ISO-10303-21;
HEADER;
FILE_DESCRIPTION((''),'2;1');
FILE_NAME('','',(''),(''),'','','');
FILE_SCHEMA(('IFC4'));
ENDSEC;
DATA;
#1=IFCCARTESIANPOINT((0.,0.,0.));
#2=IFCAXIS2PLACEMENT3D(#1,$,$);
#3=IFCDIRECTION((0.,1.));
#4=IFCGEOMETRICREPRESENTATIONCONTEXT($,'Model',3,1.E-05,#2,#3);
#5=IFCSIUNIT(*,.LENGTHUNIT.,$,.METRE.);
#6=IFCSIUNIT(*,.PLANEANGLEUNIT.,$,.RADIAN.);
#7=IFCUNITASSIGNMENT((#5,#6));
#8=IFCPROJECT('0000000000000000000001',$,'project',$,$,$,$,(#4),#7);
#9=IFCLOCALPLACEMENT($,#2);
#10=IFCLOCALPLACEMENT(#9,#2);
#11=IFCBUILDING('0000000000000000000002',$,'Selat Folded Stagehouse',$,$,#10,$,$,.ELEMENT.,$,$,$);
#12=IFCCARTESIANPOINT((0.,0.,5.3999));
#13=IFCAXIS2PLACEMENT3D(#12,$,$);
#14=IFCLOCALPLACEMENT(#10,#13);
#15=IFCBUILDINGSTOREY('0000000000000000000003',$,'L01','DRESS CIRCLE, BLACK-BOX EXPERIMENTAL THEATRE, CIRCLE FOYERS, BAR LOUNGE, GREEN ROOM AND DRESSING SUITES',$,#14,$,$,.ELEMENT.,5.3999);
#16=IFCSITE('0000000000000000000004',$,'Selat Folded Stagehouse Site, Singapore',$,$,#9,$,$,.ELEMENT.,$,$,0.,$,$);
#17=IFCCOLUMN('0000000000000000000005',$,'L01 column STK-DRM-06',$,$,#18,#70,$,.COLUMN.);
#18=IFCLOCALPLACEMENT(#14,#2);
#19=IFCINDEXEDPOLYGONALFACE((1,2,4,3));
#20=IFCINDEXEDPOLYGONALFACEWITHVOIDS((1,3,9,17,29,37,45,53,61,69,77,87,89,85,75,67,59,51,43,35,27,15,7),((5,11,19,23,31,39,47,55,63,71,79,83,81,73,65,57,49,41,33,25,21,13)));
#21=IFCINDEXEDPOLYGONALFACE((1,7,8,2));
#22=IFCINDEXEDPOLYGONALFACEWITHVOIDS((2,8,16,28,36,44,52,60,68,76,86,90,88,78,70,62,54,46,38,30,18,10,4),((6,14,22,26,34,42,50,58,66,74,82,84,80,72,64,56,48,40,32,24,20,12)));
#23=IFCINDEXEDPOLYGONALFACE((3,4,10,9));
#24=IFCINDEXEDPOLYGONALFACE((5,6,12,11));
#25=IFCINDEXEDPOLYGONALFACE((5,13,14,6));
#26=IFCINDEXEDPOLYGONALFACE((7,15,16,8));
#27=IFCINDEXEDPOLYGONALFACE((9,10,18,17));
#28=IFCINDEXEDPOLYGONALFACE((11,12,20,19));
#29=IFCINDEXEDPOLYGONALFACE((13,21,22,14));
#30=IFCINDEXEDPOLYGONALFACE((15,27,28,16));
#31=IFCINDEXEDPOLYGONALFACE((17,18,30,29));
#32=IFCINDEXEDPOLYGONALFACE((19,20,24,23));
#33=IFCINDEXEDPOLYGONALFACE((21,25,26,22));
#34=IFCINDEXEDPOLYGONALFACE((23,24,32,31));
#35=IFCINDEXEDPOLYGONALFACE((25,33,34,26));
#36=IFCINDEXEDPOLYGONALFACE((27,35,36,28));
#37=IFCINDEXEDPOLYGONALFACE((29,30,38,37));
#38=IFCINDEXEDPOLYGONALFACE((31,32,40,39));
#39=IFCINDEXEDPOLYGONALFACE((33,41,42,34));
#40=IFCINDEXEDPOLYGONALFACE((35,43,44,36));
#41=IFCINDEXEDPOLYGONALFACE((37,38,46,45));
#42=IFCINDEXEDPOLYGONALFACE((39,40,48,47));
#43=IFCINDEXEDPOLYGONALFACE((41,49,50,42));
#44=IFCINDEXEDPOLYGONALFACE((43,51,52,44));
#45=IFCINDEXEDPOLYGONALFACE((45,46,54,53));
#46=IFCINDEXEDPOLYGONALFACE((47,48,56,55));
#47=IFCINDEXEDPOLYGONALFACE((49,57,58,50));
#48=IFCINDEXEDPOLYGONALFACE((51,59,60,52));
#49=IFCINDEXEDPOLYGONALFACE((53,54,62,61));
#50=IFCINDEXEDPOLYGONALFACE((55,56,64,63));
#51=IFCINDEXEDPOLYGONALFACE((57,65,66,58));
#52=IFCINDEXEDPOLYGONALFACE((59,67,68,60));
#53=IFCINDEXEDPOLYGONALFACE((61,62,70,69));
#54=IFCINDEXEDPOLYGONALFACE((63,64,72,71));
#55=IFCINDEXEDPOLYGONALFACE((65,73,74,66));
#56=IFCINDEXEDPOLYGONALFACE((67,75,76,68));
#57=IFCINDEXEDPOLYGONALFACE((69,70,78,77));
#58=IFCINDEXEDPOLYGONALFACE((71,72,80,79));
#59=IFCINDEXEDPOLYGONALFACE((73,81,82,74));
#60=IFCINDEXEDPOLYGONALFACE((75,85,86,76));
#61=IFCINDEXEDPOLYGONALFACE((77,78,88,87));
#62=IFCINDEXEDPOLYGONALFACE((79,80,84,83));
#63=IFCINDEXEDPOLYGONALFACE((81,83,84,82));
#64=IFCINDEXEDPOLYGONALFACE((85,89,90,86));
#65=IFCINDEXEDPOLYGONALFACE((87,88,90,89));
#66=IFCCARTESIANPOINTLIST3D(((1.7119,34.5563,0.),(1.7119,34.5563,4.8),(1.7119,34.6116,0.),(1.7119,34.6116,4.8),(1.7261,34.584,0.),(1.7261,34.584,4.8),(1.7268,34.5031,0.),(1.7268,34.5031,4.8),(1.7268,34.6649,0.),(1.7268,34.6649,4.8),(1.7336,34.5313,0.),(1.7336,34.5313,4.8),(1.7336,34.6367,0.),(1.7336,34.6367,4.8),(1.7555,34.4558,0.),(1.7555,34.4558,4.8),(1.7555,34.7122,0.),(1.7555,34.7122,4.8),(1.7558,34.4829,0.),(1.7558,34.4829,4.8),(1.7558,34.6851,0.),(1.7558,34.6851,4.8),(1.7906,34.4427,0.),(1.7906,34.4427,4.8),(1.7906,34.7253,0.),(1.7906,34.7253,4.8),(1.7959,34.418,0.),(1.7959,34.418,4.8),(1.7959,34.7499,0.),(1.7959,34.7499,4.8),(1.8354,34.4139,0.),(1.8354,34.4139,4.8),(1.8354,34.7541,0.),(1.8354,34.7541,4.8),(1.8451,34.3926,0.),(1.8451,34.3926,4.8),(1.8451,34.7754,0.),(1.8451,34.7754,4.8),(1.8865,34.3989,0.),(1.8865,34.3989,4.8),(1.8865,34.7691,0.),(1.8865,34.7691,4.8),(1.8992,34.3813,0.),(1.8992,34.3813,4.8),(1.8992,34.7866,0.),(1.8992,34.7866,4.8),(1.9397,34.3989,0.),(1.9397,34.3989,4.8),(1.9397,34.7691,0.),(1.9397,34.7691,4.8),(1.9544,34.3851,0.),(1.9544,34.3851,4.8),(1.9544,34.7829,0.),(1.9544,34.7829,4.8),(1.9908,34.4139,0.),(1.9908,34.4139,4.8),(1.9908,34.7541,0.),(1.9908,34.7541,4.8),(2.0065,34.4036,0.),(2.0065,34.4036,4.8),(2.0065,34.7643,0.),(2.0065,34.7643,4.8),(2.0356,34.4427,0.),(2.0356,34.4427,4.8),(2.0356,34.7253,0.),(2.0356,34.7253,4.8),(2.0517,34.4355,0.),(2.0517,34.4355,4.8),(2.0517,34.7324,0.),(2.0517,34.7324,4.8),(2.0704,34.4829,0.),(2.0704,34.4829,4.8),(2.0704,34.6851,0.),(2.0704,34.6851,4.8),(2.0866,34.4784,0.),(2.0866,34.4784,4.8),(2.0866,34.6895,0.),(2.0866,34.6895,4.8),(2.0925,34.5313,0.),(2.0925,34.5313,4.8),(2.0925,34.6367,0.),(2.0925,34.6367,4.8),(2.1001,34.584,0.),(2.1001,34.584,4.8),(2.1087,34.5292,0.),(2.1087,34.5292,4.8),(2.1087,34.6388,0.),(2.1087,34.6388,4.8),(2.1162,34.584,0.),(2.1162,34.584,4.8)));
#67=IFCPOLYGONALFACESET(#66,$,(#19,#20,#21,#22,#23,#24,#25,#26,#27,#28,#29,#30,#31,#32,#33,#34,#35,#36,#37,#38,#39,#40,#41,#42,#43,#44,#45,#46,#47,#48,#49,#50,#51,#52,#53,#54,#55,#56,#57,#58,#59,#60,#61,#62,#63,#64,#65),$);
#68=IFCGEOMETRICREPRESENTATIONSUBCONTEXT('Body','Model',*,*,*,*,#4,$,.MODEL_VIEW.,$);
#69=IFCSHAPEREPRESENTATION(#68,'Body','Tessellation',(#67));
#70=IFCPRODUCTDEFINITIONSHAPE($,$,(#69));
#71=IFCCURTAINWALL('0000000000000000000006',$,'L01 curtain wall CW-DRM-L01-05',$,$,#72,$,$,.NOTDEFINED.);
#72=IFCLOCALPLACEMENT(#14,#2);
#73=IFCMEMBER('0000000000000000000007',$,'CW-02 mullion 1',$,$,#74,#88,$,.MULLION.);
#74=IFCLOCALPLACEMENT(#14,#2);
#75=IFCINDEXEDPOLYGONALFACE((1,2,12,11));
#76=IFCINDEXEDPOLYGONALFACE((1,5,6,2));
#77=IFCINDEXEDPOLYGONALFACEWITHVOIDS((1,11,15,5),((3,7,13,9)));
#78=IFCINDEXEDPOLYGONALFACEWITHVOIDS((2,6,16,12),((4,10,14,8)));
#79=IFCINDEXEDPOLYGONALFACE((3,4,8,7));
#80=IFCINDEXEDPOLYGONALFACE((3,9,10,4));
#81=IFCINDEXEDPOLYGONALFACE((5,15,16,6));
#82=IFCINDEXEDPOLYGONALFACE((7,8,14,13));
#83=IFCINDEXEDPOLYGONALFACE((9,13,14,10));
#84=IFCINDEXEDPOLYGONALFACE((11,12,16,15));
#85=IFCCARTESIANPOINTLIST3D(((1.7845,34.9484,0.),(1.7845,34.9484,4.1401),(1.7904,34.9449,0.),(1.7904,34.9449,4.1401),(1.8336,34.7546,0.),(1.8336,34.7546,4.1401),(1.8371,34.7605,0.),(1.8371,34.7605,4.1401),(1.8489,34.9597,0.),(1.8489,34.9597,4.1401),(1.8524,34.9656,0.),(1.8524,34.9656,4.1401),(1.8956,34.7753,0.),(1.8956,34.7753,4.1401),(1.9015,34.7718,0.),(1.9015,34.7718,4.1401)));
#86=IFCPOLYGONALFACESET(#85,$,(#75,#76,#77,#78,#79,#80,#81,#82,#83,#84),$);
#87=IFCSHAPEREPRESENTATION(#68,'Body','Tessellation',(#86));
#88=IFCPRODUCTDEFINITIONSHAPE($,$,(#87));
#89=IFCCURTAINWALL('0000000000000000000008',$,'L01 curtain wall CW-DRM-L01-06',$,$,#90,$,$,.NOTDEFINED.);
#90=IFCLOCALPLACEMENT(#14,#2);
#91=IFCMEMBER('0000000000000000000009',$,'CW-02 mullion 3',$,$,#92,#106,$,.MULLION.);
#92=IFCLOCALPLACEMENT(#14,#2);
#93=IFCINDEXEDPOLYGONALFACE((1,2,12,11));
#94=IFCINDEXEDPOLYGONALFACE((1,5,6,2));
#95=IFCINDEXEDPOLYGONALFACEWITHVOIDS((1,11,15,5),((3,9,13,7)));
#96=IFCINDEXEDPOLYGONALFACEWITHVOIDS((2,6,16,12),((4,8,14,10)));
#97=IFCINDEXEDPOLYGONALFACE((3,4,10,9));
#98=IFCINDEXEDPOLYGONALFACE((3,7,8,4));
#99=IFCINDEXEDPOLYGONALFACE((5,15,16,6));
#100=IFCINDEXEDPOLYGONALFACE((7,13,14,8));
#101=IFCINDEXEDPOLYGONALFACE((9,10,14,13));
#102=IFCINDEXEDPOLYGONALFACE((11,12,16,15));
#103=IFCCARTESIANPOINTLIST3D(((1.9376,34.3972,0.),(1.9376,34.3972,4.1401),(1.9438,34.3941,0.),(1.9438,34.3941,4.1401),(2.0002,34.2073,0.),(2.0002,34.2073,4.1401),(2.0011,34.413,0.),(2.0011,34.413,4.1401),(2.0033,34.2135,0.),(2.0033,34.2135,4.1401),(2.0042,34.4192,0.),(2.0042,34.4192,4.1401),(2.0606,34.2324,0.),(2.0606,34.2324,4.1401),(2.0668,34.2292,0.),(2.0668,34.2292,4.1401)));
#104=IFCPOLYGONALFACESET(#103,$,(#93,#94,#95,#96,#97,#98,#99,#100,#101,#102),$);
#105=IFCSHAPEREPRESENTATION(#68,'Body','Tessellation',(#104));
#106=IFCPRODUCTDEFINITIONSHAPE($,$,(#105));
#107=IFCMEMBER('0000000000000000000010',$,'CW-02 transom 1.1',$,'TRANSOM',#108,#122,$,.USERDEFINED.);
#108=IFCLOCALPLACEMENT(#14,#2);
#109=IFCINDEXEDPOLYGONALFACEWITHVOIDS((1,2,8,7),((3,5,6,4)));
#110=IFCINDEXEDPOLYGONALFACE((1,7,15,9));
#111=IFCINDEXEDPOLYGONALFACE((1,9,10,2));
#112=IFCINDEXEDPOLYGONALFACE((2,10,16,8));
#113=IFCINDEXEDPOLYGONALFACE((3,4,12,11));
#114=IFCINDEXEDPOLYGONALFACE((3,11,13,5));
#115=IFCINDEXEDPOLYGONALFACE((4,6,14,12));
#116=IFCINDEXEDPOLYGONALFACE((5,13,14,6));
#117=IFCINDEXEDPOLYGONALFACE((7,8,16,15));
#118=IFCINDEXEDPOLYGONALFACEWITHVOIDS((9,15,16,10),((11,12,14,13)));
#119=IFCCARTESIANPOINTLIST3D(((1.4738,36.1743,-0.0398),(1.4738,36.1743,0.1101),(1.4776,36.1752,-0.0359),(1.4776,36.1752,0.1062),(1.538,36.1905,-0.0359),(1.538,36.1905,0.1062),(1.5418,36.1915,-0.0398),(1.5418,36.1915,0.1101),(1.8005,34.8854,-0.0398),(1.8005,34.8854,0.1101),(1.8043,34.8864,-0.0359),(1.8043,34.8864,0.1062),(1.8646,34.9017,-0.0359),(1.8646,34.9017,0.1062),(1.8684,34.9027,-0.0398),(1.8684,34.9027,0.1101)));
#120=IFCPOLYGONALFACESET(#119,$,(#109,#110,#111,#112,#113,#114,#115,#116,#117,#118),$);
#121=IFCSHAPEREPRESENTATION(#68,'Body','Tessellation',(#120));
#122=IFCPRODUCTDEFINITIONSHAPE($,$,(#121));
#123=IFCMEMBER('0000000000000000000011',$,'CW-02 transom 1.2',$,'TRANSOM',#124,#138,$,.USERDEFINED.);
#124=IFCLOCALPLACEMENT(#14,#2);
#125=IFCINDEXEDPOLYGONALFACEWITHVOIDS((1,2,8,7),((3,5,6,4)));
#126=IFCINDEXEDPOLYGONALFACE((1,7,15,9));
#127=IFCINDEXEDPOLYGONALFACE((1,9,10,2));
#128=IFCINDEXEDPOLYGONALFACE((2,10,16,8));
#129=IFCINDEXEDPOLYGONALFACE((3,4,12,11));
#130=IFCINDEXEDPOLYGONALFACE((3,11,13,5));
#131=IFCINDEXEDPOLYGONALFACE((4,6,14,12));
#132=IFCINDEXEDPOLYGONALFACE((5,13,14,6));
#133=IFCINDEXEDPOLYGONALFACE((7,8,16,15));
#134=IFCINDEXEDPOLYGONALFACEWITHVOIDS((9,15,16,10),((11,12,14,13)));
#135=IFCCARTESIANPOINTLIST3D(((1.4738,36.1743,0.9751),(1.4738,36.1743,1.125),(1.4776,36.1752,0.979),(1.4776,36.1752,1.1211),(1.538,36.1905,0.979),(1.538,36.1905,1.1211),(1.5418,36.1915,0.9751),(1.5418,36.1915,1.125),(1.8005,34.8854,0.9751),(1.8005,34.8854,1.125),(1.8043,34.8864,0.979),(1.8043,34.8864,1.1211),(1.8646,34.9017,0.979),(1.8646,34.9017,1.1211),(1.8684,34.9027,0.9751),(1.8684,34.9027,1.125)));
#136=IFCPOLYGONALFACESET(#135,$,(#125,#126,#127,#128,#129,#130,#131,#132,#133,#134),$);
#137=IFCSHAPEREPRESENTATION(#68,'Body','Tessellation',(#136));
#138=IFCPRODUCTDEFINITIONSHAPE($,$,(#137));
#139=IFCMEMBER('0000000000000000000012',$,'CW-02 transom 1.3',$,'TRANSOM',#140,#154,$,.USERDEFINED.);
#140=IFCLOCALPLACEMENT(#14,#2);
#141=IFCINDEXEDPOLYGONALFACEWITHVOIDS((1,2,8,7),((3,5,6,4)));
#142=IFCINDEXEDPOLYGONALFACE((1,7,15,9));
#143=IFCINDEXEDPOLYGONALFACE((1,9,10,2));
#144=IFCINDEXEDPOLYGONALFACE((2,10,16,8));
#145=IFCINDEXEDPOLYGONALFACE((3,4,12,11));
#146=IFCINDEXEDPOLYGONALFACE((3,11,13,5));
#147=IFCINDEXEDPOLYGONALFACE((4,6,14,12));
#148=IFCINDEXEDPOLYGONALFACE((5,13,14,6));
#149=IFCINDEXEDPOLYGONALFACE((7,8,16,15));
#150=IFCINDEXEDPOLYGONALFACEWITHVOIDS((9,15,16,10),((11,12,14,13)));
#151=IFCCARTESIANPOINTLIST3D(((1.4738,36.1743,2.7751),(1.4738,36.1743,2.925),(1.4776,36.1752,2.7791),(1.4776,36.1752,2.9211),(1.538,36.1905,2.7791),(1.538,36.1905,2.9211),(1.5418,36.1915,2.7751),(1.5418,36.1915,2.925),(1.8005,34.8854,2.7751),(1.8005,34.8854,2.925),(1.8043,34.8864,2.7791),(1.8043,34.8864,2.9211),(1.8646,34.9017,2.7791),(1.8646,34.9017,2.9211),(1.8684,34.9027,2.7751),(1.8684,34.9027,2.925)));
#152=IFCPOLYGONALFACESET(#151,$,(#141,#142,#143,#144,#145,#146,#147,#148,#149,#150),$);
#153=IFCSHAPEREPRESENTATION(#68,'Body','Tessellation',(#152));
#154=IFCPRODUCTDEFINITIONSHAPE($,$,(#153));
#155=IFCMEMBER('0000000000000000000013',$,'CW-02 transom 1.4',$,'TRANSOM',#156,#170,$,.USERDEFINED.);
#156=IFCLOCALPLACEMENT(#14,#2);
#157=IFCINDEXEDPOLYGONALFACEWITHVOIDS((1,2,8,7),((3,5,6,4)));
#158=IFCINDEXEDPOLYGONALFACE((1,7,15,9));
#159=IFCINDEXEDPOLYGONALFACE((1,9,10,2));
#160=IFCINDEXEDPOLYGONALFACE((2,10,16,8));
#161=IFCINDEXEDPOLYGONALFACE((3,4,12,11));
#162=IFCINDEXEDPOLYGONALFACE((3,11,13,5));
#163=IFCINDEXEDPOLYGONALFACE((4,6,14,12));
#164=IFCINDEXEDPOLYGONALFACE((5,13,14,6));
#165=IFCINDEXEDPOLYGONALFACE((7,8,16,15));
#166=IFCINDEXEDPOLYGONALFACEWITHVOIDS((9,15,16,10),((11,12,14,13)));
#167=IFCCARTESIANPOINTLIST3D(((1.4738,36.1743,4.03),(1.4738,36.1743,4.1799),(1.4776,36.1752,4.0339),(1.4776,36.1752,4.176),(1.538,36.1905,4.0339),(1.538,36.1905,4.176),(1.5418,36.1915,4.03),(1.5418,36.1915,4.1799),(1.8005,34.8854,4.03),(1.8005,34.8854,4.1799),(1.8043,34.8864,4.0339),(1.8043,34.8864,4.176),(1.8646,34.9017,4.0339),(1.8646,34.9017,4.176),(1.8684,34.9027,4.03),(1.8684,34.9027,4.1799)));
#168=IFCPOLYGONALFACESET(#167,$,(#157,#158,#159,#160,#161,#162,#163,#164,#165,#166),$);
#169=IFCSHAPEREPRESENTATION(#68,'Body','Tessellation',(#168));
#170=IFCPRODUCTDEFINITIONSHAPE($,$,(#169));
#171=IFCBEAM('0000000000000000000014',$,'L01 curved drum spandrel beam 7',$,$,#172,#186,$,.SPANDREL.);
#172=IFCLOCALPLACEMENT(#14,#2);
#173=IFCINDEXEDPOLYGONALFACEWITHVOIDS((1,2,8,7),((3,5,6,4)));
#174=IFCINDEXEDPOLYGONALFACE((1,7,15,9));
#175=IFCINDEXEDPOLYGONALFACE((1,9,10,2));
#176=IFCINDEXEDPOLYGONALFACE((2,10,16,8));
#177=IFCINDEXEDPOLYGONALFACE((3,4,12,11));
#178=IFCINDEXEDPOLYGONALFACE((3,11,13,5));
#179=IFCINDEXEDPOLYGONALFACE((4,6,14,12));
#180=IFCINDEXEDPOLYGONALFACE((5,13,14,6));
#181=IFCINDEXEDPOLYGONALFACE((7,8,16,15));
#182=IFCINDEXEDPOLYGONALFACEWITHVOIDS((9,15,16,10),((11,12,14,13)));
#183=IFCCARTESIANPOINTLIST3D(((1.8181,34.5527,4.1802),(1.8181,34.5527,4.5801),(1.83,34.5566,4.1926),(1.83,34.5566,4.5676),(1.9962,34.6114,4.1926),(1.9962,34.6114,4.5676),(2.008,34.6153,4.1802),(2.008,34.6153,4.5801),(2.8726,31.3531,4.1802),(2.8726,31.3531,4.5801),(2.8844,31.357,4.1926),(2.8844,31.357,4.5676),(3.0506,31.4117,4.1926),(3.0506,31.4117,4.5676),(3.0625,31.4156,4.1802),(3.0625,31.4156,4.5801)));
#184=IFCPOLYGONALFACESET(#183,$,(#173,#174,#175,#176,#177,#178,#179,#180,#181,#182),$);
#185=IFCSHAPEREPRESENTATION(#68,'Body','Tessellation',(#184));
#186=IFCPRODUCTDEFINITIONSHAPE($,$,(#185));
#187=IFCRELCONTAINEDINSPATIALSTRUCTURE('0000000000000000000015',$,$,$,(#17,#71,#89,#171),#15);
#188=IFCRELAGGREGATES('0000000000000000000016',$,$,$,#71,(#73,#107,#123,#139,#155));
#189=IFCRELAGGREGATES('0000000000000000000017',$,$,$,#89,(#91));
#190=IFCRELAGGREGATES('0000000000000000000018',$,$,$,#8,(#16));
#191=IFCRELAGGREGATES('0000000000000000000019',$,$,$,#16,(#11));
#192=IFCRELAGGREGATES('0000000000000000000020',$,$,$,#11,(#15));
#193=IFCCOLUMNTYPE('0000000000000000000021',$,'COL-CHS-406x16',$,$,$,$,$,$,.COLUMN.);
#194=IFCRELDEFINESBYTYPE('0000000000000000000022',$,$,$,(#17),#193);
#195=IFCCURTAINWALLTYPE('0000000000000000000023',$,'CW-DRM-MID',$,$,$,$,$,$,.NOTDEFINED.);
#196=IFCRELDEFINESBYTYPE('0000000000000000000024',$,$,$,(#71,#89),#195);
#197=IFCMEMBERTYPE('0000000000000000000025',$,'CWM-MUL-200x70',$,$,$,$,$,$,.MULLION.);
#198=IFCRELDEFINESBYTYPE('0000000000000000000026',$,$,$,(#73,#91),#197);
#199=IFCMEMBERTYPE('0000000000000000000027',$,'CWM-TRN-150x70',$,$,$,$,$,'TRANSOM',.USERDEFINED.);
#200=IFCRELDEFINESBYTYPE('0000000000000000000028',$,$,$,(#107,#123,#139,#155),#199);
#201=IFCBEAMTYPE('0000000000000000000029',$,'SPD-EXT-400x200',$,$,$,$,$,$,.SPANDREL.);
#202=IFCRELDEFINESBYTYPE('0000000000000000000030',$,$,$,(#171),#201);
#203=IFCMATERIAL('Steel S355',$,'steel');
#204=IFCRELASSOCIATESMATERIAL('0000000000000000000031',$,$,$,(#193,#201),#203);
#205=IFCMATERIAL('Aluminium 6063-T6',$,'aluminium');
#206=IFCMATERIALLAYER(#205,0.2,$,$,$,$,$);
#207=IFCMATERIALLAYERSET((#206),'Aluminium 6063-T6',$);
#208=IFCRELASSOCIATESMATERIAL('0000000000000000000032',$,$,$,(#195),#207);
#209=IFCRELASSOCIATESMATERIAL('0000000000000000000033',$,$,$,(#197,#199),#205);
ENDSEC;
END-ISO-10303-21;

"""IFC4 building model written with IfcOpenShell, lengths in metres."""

from ifc_helpers import new_model, si_unit, direction, frame, origin, origin_2d, place, context, subcontext, project, spatial, hollow_rectangle, hollow_circle, extrude, material, layer, layer_set, material_profile, profile_set, type_object, element, aggregate, save


model = new_model("IFC4")

# Units and contexts
model_context = context("Model", 3, precision=1e-05, world=origin(), true_north=direction((0.0, 1.0)))
body_context = subcontext(model_context, "Body", "Model", "MODEL_VIEW")
ifc_project = project(units=[si_unit("LENGTHUNIT", "METRE"), si_unit("PLANEANGLEUNIT", "RADIAN")], contexts=[model_context])

# Site, building, storey
site_placement = place(None, origin())
site = spatial("IfcSite", under=ifc_project, at=site_placement, Name="Selat Folded Stagehouse Site, Singapore", CompositionType="ELEMENT", RefElevation=0.0)
building_placement = place(site_placement, origin())
building = spatial("IfcBuilding", under=site, at=building_placement, Name="Selat Folded Stagehouse", CompositionType="ELEMENT")
storey_placement = place(building_placement, frame((0.0, 0.0, 5.3999)))
storey = spatial("IfcBuildingStorey", under=building, at=storey_placement, Name="L01", Description="DRESS CIRCLE, BLACK-BOX EXPERIMENTAL THEATRE, CIRCLE FOYERS, BAR LOUNGE, GREEN ROOM AND DRESSING SUITES", CompositionType="ELEMENT", Elevation=5.3999)

# Column
ifc_material_1 = material(Name="Steel S355", Category="steel")
ifc_material_profile_1 = material_profile(ifc_material_1, hollow_circle(Radius=0.2031, WallThickness=0.0161, at=origin_2d()), Name="CHS 406.4x16.0")
ifc_profile_set_1 = profile_set([ifc_material_profile_1], Name="Steel S355")
column_type = type_object("IfcColumnType", Name="COL-CHS-406x16", PredefinedType="COLUMN", material=ifc_profile_set_1)
column_placement = place(storey_placement, frame((1.9131, 34.584, 0.0), z_axis=(0.0, 0.0, 1.0), x_axis=(1.0, 0.0, 0.0)))
element("IfcColumn", 1, at=column_placement, inside=storey, type_object=column_type, Name="L01 column STK-DRM-06", PredefinedType="COLUMN", context=body_context, shape_type="SweptSolid", body=[
    extrude(hollow_circle(Radius=0.2031, WallThickness=0.0161, at=origin_2d()), origin(), (0.0, 0.0, 1.0), 4.8),
])

# Curtain walls, members
ifc_material_2 = material(Name="Aluminium 6063-T6", Category="aluminium")
ifc_layer_1 = layer(ifc_material_2, 0.2)
ifc_layer_set_1 = layer_set([ifc_layer_1], Name="Aluminium 6063-T6")
curtain_wall_type = type_object("IfcCurtainWallType", Name="CW-DRM-MID", PredefinedType="NOTDEFINED", material=ifc_layer_set_1)
curtain_wall_1_placement = place(storey_placement, origin())
curtain_wall_1 = element("IfcCurtainWall", 2, at=curtain_wall_1_placement, inside=storey, type_object=curtain_wall_type, Name="L01 curtain wall CW-DRM-L01-05", PredefinedType="NOTDEFINED")
ifc_material_profile_2 = material_profile(ifc_material_2, hollow_rectangle(XDim=0.0701, YDim=0.2, WallThickness=0.0049, at=origin_2d()), Name="ALU 200x70x5.0")
ifc_profile_set_2 = profile_set([ifc_material_profile_2], Name="Aluminium 6063-T6")
member_type_1 = type_object("IfcMemberType", Name="CWM-MUL-200x70", PredefinedType="MULLION", material=ifc_profile_set_2)
member_1_placement = place(storey_placement, frame((1.843, 34.8601, 0.0), z_axis=(0.0, 0.0, 1.0), x_axis=(-0.969367, -0.245618, 0.0)))
member_1 = element("IfcMember", 3, at=member_1_placement, type_object=member_type_1, Name="CW-02 mullion 1", PredefinedType="MULLION", context=body_context, shape_type="SweptSolid", body=[
    extrude(hollow_rectangle(XDim=0.0701, YDim=0.2, WallThickness=0.0049, at=origin_2d()), origin(), (0.0, 0.0, 1.0), 4.1401),
])
curtain_wall_2_placement = place(storey_placement, origin())
curtain_wall_2 = element("IfcCurtainWall", 4, at=curtain_wall_2_placement, inside=storey, type_object=curtain_wall_type, Name="L01 curtain wall CW-DRM-L01-06", PredefinedType="NOTDEFINED")
member_2_placement = place(storey_placement, frame((2.0022, 34.3132, 0.0), z_axis=(0.0, 0.0, 1.0), x_axis=(-0.949755, -0.312995, 0.0)))
member_2 = element("IfcMember", 5, at=member_2_placement, type_object=member_type_1, Name="CW-02 mullion 3", PredefinedType="MULLION", context=body_context, shape_type="SweptSolid", body=[
    extrude(hollow_rectangle(XDim=0.0701, YDim=0.2, WallThickness=0.0049, at=origin_2d()), origin(), (0.0, 0.0, 1.0), 4.1401),
])

# Members
ifc_material_profile_3 = material_profile(ifc_material_2, hollow_rectangle(XDim=0.0701, YDim=0.1499, WallThickness=0.0039, at=origin_2d()), Name="ALU 150x70x4.0")
ifc_profile_set_3 = profile_set([ifc_material_profile_3], Name="Aluminium 6063-T6")
member_type_2 = type_object("IfcMemberType", Name="CWM-TRN-150x70", ElementType="TRANSOM", PredefinedType="USERDEFINED", material=ifc_profile_set_3)
member_3_placement = place(storey_placement, frame((1.8345, 34.894, 0.0352), z_axis=(-0.245688, 0.969349, 0.0), x_axis=(-0.969349, -0.245688, 0.0)))
member_3 = element("IfcMember", 6, at=member_3_placement, type_object=member_type_2, Name="CW-02 transom 1.1", ObjectType="TRANSOM", PredefinedType="USERDEFINED", context=body_context, shape_type="SweptSolid", body=[
    extrude(hollow_rectangle(XDim=0.0701, YDim=0.1499, WallThickness=0.0039, at=origin_2d()), origin(), (0.0, 0.0, 1.0), 1.3296),
])
member_4_placement = place(storey_placement, frame((1.8345, 34.894, 1.05), z_axis=(-0.245688, 0.969349, 0.0), x_axis=(-0.969349, -0.245688, 0.0)))
member_4 = element("IfcMember", 7, at=member_4_placement, type_object=member_type_2, Name="CW-02 transom 1.2", ObjectType="TRANSOM", PredefinedType="USERDEFINED", context=body_context, shape_type="SweptSolid", body=[
    extrude(hollow_rectangle(XDim=0.0701, YDim=0.1499, WallThickness=0.0039, at=origin_2d()), origin(), (0.0, 0.0, 1.0), 1.3296),
])
member_5_placement = place(storey_placement, frame((1.8345, 34.894, 2.8501), z_axis=(-0.245688, 0.969349, 0.0), x_axis=(-0.969349, -0.245688, 0.0)))
member_5 = element("IfcMember", 8, at=member_5_placement, type_object=member_type_2, Name="CW-02 transom 1.3", ObjectType="TRANSOM", PredefinedType="USERDEFINED", context=body_context, shape_type="SweptSolid", body=[
    extrude(hollow_rectangle(XDim=0.0701, YDim=0.1499, WallThickness=0.0039, at=origin_2d()), origin(), (0.0, 0.0, 1.0), 1.3296),
])
member_6_placement = place(storey_placement, frame((1.8345, 34.894, 4.105), z_axis=(-0.245688, 0.969349, 0.0), x_axis=(-0.969349, -0.245688, 0.0)))
member_6 = element("IfcMember", 9, at=member_6_placement, type_object=member_type_2, Name="CW-02 transom 1.4", ObjectType="TRANSOM", PredefinedType="USERDEFINED", context=body_context, shape_type="SweptSolid", body=[
    extrude(hollow_rectangle(XDim=0.0701, YDim=0.1499, WallThickness=0.0039, at=origin_2d()), origin(), (0.0, 0.0, 1.0), 1.3296),
])

# Beam
ifc_material_profile_4 = material_profile(ifc_material_1, hollow_rectangle(XDim=0.2, YDim=0.3999, WallThickness=0.0125, at=origin_2d()), Name="RHS 400x200x12.5")
ifc_profile_set_4 = profile_set([ifc_material_profile_4], Name="Steel S355")
beam_type = type_object("IfcBeamType", Name="SPD-EXT-400x200", PredefinedType="SPANDREL", material=ifc_profile_set_4)
beam_placement = place(storey_placement, frame((1.9131, 34.584, 4.3801), z_axis=(0.312987, -0.949758, 0.0), x_axis=(0.949758, 0.312987, 0.0)))
element("IfcBeam", 10, at=beam_placement, inside=storey, type_object=beam_type, Name="L01 curved drum spandrel beam 7", PredefinedType="SPANDREL", context=body_context, shape_type="SweptSolid", body=[
    extrude(hollow_rectangle(XDim=0.2, YDim=0.3999, WallThickness=0.0125, at=origin_2d()), origin(), (0.0, 0.0, 1.0), 3.3689),
])

aggregate(curtain_wall_1, [member_1, member_3, member_4, member_5, member_6])
aggregate(curtain_wall_2, [member_2])

save(model, "model.ifc")
